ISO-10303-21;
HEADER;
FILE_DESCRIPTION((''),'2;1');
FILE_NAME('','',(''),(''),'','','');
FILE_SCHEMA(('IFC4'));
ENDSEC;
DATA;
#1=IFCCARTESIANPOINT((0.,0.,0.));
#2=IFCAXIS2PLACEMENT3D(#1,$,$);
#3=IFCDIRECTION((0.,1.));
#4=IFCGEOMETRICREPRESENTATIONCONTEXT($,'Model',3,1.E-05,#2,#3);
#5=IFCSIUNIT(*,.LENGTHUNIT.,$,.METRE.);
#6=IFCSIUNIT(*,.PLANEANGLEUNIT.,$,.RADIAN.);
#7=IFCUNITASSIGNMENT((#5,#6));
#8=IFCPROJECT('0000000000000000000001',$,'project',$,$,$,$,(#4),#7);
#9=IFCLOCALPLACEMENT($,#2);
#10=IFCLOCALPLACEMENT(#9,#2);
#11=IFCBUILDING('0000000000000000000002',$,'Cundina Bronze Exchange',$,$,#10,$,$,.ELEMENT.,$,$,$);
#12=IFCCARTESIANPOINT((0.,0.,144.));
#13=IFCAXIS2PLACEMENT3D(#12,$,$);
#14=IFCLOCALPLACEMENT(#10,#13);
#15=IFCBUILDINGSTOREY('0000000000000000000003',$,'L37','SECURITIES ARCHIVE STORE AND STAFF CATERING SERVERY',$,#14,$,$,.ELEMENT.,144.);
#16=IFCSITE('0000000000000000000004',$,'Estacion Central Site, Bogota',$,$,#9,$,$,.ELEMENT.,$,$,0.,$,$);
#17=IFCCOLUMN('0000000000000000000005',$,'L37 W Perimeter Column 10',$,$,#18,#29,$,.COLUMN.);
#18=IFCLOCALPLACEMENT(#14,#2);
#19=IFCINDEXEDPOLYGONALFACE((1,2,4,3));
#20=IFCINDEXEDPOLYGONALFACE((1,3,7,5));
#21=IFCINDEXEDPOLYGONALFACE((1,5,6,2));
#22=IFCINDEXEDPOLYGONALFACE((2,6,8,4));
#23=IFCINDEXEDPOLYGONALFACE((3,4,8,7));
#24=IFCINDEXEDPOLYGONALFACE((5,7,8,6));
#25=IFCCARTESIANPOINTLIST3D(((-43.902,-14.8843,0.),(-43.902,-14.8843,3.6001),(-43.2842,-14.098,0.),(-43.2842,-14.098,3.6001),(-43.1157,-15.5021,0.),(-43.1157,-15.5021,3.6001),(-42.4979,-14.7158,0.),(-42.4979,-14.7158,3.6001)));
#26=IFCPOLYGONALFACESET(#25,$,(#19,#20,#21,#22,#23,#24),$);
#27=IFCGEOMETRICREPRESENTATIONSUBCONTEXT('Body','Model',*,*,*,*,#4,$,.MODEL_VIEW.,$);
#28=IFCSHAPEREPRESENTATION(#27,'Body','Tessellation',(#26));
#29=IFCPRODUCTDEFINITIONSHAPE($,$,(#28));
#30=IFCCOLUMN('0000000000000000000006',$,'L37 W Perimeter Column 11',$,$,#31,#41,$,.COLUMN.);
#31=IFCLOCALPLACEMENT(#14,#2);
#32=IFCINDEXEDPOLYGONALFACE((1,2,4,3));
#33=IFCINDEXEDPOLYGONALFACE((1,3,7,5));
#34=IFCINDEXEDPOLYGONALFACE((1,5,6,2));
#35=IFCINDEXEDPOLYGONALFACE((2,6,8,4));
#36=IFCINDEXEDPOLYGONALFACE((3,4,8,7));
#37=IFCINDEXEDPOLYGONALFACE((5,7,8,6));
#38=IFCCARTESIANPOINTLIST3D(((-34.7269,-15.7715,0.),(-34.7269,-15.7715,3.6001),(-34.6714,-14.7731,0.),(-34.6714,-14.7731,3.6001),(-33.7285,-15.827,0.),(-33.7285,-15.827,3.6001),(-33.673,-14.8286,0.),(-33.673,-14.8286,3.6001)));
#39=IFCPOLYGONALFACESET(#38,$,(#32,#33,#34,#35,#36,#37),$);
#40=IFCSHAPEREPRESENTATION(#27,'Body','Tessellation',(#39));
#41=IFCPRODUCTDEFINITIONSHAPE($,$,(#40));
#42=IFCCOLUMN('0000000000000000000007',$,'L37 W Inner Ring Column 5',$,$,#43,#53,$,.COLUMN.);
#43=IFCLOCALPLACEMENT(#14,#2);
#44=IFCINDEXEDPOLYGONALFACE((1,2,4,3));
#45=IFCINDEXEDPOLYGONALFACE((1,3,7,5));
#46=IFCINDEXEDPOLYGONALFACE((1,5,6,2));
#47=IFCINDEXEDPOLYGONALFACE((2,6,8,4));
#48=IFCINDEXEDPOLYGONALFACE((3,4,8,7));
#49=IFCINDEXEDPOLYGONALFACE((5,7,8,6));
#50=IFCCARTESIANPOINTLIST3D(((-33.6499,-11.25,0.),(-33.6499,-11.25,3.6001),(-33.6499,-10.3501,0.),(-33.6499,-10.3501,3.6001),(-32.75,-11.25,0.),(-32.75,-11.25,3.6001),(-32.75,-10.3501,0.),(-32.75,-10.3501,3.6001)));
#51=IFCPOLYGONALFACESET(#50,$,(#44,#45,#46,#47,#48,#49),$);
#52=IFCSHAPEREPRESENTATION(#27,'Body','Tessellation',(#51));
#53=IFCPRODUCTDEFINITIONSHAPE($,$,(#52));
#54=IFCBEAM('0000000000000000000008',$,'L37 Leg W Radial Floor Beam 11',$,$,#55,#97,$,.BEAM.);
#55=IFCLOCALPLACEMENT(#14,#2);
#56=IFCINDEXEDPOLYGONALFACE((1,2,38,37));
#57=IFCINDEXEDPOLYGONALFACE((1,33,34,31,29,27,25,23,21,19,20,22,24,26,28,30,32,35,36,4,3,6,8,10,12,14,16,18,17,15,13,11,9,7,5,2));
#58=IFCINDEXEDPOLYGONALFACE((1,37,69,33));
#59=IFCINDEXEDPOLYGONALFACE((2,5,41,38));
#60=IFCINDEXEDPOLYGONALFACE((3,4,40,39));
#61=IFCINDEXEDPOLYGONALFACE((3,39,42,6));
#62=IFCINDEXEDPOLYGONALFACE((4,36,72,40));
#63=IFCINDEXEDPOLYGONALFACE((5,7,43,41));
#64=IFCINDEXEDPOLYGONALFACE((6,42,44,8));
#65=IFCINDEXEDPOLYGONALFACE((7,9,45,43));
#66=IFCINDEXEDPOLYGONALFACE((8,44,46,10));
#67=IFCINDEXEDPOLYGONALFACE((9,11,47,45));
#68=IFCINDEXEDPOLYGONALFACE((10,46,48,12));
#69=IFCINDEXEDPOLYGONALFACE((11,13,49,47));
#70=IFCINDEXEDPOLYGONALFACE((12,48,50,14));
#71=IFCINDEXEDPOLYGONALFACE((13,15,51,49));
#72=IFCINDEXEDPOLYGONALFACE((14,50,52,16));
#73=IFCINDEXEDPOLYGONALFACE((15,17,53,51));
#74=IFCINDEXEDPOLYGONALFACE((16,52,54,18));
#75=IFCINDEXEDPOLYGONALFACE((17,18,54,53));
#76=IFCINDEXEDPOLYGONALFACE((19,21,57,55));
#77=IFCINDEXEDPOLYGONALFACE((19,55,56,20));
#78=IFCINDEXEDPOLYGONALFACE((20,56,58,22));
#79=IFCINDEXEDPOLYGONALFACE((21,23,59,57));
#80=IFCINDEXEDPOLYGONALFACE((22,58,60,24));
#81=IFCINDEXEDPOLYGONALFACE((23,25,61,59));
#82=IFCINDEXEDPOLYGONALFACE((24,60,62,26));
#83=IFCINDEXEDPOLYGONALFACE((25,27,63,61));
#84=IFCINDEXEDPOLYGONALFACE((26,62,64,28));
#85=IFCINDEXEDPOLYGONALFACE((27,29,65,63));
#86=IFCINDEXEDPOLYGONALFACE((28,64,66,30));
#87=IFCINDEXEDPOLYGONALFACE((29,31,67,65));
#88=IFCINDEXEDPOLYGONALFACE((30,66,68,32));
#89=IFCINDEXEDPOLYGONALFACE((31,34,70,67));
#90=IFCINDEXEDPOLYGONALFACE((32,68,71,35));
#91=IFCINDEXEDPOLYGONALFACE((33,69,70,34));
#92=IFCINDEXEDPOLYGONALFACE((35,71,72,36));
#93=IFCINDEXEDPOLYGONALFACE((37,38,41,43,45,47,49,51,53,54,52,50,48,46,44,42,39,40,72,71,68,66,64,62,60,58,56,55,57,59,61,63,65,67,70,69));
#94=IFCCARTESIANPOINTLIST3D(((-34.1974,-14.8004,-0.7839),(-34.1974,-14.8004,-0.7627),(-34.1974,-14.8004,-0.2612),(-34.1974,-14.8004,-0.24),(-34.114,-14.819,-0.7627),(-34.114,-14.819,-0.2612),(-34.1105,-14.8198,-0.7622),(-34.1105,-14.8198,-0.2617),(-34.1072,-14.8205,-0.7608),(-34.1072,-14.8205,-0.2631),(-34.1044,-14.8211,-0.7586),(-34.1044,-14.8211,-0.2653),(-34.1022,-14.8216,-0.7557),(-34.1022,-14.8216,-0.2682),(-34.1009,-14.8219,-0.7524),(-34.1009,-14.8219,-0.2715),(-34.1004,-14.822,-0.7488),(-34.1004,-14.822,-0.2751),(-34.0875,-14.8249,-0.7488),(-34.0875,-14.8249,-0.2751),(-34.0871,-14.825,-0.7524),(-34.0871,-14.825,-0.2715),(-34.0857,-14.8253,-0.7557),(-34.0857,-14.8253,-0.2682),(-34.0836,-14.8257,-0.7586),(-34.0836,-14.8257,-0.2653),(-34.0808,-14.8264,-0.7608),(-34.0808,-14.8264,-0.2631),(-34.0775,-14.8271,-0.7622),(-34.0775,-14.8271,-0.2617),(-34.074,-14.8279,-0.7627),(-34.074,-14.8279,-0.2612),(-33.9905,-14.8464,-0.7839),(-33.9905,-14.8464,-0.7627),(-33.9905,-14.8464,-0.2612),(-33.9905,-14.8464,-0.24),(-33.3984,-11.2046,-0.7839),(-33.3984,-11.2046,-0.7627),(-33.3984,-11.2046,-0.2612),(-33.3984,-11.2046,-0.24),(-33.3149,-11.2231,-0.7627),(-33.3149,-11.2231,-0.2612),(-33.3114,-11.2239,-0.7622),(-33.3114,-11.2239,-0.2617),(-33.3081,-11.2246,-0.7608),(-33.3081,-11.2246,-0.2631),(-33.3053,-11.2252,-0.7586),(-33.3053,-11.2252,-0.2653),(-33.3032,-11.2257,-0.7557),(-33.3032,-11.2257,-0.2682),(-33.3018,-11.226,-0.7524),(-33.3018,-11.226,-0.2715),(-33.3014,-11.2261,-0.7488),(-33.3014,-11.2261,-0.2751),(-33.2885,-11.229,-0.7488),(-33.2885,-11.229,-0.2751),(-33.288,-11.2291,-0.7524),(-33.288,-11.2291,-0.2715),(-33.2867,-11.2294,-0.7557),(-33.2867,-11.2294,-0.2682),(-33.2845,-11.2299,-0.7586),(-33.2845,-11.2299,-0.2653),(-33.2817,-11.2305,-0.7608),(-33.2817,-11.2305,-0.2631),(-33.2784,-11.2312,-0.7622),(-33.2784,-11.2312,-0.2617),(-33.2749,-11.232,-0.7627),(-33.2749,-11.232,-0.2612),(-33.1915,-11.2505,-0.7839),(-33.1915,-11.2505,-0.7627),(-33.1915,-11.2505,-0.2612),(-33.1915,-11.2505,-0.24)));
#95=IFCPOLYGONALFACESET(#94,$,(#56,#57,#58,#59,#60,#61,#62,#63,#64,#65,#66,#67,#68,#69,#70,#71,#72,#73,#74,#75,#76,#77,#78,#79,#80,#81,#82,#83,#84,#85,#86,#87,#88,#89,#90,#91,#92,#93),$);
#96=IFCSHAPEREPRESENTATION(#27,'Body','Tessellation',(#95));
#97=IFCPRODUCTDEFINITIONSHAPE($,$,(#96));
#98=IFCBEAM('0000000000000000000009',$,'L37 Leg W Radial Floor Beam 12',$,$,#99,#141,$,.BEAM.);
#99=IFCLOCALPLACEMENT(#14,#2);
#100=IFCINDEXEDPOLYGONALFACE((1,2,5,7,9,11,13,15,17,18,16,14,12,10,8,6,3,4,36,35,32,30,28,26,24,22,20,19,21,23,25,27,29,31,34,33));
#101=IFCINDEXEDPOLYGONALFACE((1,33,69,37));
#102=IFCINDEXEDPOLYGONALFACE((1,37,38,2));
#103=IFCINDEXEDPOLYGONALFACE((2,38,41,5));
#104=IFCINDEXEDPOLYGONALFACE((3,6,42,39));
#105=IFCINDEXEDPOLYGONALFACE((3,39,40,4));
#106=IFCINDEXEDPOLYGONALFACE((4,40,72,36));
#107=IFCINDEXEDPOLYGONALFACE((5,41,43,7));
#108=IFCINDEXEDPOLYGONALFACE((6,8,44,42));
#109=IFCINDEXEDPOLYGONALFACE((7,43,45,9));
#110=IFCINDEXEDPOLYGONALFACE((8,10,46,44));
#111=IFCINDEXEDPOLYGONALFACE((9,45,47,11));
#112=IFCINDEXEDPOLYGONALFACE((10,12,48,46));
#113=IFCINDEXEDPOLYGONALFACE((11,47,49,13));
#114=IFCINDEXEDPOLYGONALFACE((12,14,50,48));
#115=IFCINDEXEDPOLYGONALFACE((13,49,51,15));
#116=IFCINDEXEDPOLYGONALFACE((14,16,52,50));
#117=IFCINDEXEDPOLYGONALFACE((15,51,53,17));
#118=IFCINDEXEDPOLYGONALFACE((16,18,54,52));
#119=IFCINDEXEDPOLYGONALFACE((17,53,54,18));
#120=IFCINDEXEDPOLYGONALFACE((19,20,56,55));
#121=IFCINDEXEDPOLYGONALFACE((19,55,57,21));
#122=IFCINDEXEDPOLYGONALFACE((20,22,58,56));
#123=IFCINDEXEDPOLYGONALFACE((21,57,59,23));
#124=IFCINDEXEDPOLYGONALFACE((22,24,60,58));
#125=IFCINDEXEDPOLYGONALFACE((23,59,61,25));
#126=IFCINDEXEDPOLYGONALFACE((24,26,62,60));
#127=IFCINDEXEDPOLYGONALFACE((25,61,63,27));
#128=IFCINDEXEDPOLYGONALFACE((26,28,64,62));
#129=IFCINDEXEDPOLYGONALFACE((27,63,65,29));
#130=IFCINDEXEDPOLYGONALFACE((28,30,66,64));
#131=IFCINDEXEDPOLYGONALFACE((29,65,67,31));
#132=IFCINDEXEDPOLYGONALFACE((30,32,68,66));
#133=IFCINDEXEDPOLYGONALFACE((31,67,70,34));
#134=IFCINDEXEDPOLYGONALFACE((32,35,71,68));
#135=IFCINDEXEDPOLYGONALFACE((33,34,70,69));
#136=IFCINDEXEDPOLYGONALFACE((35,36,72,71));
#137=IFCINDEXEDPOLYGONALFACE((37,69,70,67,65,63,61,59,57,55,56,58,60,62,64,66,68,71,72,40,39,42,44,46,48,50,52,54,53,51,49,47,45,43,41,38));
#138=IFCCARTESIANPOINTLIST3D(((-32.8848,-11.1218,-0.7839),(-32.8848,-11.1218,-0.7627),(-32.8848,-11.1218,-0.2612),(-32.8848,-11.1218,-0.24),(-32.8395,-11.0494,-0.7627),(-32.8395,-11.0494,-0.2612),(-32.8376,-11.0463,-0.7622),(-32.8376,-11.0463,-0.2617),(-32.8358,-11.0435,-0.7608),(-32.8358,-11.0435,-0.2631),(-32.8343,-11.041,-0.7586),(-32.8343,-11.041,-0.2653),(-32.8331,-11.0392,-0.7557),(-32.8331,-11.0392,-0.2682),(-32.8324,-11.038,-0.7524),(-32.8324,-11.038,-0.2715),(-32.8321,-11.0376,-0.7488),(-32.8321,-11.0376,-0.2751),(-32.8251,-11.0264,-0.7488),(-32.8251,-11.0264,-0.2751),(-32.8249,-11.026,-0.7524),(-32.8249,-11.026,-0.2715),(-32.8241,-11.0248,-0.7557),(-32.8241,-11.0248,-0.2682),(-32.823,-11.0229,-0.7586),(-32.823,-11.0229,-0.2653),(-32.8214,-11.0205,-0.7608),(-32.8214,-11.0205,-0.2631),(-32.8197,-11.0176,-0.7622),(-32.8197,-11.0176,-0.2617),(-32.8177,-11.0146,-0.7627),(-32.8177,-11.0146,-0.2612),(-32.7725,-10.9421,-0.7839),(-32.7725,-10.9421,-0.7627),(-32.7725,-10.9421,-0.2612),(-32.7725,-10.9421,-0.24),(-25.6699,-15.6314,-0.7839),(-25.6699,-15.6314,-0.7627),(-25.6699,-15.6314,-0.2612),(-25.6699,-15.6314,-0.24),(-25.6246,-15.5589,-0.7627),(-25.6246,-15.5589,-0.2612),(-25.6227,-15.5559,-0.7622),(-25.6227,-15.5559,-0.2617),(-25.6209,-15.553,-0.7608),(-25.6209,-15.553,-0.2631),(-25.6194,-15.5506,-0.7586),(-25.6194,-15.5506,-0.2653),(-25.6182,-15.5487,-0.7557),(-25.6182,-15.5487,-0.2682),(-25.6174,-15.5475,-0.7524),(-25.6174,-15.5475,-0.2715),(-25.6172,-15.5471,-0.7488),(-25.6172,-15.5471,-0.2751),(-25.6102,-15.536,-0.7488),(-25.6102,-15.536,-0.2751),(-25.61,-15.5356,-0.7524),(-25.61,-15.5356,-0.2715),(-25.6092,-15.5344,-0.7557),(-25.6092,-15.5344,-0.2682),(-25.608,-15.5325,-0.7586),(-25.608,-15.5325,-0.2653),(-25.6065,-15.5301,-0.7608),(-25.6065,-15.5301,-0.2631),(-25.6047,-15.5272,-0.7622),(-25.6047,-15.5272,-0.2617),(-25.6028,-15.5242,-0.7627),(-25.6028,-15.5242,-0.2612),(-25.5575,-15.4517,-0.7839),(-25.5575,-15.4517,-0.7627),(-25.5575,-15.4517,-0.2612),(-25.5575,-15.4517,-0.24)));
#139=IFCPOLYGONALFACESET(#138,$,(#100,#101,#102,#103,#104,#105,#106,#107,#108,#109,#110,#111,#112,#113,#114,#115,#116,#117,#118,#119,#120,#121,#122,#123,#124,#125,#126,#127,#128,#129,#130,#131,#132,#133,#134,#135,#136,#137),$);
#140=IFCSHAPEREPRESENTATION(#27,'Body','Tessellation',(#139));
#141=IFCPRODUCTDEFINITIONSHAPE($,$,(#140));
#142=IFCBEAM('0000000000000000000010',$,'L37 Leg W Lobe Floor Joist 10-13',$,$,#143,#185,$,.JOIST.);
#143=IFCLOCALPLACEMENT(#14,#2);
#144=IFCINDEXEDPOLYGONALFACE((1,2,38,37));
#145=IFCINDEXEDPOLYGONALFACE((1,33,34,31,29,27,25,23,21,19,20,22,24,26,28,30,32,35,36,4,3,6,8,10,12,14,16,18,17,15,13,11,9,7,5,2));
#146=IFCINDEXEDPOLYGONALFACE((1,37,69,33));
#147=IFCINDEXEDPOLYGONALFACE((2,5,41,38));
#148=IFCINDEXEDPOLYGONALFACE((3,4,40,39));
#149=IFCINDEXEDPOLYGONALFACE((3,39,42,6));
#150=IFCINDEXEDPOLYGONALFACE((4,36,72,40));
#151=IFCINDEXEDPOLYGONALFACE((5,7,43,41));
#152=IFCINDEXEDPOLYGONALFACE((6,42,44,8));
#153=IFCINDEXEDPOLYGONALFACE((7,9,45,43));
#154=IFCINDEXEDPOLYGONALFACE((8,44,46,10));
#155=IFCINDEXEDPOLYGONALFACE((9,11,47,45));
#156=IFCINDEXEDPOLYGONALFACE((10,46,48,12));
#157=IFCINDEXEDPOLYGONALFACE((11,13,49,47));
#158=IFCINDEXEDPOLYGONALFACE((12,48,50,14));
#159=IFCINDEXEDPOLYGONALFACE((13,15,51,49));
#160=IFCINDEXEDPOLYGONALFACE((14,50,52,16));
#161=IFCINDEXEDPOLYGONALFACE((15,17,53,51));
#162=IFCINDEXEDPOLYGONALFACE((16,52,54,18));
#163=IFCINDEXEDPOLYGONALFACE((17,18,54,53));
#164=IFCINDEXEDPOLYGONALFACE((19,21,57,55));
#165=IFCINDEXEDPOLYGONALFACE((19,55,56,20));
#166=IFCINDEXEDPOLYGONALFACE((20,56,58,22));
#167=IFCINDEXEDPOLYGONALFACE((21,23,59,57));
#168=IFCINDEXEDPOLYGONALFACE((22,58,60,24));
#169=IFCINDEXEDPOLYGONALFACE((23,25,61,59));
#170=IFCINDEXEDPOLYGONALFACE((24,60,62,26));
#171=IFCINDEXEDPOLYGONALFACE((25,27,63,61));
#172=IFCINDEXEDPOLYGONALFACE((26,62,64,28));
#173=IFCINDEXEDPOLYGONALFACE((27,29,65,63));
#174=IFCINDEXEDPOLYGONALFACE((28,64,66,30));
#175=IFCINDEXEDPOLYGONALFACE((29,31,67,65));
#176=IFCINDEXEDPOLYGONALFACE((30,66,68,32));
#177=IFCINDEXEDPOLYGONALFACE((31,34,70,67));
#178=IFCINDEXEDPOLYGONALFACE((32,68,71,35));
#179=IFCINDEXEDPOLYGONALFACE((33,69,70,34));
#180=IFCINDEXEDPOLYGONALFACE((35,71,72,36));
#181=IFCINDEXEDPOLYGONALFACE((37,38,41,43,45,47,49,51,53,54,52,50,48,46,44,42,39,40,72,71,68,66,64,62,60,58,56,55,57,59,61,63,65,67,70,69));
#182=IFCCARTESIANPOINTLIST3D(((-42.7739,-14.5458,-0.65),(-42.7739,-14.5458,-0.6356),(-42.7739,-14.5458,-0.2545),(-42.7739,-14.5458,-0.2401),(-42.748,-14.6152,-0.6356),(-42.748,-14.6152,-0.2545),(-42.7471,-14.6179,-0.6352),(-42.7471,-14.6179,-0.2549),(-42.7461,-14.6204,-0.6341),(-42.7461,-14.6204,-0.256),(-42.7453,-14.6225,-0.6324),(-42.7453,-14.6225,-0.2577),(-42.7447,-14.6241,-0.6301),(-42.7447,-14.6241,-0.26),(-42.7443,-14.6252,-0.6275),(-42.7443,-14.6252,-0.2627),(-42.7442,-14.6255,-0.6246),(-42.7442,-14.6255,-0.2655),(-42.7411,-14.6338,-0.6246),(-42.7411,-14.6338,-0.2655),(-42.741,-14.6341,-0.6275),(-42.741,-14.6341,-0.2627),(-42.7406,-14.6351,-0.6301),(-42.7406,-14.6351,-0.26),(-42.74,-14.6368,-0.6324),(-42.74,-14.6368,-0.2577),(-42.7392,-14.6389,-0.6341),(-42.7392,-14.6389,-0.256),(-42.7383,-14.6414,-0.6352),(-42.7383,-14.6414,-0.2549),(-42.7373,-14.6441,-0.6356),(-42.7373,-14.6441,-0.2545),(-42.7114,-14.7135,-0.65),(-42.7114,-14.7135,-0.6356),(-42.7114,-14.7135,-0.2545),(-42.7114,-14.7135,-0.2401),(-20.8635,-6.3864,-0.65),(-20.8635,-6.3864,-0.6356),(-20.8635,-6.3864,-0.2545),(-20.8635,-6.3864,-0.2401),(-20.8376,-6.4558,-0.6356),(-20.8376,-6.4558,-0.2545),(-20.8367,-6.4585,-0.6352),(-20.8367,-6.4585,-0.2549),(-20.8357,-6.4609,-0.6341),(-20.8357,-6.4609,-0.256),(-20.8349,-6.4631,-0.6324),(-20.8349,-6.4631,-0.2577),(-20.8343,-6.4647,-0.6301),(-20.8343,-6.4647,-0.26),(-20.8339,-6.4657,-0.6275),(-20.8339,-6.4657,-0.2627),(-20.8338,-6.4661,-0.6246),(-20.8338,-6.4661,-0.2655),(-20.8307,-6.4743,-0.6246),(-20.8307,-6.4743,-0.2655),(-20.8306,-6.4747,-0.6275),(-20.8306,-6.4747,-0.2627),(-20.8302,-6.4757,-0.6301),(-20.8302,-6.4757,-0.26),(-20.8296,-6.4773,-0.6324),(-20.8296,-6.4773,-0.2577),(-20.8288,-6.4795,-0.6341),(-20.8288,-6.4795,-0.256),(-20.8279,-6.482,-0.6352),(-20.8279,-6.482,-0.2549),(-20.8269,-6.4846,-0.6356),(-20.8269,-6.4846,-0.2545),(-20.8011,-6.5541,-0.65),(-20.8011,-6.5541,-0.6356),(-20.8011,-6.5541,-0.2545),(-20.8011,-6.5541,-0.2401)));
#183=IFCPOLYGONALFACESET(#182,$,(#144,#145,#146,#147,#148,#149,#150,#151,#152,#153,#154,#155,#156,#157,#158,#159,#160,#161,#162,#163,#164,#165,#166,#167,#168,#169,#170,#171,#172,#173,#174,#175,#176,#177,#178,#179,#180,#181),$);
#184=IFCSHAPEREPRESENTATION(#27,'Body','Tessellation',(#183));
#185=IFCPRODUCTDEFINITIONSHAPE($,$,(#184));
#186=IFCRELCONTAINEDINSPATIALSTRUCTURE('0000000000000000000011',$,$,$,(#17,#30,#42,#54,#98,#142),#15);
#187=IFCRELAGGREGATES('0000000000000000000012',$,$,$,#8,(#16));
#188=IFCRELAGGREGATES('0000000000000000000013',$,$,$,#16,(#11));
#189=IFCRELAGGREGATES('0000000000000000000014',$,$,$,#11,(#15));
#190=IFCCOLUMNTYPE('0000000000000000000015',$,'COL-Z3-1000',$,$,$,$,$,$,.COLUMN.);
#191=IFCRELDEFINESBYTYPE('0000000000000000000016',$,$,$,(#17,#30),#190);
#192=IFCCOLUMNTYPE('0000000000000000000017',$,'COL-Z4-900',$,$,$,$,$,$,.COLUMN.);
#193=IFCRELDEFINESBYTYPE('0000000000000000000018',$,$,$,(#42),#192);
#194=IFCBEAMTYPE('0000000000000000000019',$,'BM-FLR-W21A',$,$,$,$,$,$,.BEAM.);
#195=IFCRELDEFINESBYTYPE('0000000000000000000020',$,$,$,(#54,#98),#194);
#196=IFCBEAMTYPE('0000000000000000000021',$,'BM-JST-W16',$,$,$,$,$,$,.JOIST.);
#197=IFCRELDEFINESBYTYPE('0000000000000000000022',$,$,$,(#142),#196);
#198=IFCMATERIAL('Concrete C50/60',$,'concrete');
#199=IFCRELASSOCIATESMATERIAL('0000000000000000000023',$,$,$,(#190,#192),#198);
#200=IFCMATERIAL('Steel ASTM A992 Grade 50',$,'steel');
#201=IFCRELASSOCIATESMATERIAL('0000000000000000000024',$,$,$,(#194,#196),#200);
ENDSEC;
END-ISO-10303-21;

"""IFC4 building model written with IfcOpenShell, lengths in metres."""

from ifc_helpers import new_model, si_unit, direction, frame, origin, origin_2d, place, context, subcontext, project, spatial, rectangle, i_section, extrude, material, material_profile, profile_set, type_object, element, save


model = new_model("IFC4")

# Units and contexts
model_context = context("Model", 3, precision=1e-05, world=origin(), true_north=direction((0.0, 1.0)))
body_context = subcontext(model_context, "Body", "Model", "MODEL_VIEW")
ifc_project = project(units=[si_unit("LENGTHUNIT", "METRE"), si_unit("PLANEANGLEUNIT", "RADIAN")], contexts=[model_context])

# Site, building, storey
site_placement = place(None, origin())
site = spatial("IfcSite", under=ifc_project, at=site_placement, Name="Estacion Central Site, Bogota", CompositionType="ELEMENT", RefElevation=0.0)
building_placement = place(site_placement, origin())
building = spatial("IfcBuilding", under=site, at=building_placement, Name="Cundina Bronze Exchange", CompositionType="ELEMENT")
storey_placement = place(building_placement, frame((0.0, 0.0, 144.0)))
storey = spatial("IfcBuildingStorey", under=building, at=storey_placement, Name="L37", Description="SECURITIES ARCHIVE STORE AND STAFF CATERING SERVERY", CompositionType="ELEMENT", Elevation=144.0)

# Columns
ifc_material_1 = material(Name="Concrete C50/60", Category="concrete")
ifc_material_profile_1 = material_profile(ifc_material_1, rectangle(XDim=1.0, YDim=1.0, at=origin_2d()), Name="RC1000X1000", Category="concrete")
ifc_profile_set_1 = profile_set([ifc_material_profile_1], Name="Concrete C50/60")
column_type_1 = type_object("IfcColumnType", Name="COL-Z3-1000", PredefinedType="COLUMN", material=ifc_profile_set_1)
for number, where, z_axis, x_axis, name in (
    (1, (-43.2, -14.8, 0.0), (0.0, 0.0, 1.0), (0.786288, -0.61786, 0.0), "L37 W Perimeter Column 10"),
    (2, (-34.2, -15.3, 0.0), (0.0, 0.0, 1.0), (0.99846, -0.055473, 0.0), "L37 W Perimeter Column 11"),
):
    element("IfcColumn", number, at=place(storey_placement, frame(where, z_axis=z_axis, x_axis=x_axis)), inside=storey, type_object=column_type_1, Name=name, PredefinedType="COLUMN", context=body_context, shape_type="SweptSolid", body=[
        extrude(rectangle(XDim=1.0, YDim=1.0, at=origin_2d()), origin(), (0.0, 0.0, 1.0), 3.6001),
    ])
ifc_material_profile_2 = material_profile(ifc_material_1, rectangle(XDim=0.8999, YDim=0.8999, at=origin_2d()), Name="RC900X900", Category="concrete")
ifc_profile_set_2 = profile_set([ifc_material_profile_2], Name="Concrete C50/60")
column_type_2 = type_object("IfcColumnType", Name="COL-Z4-900", PredefinedType="COLUMN", material=ifc_profile_set_2)
column_placement = place(storey_placement, frame((-33.2, -10.8, 0.0), z_axis=(0.0, 0.0, 1.0), x_axis=(1.0, 0.0, 0.0)))
element("IfcColumn", 3, at=column_placement, inside=storey, type_object=column_type_2, Name="L37 W Inner Ring Column 5", PredefinedType="COLUMN", context=body_context, shape_type="SweptSolid", body=[
    extrude(rectangle(XDim=0.8999, YDim=0.8999, at=origin_2d()), origin(), (0.0, 0.0, 1.0), 3.6001),
])

# Beams
ifc_material_2 = material(Name="Steel ASTM A992 Grade 50", Category="steel")
ifc_material_profile_3 = material_profile(ifc_material_2, i_section(OverallWidth=0.2119, OverallDepth=0.5439, WebThickness=0.0132, FlangeThickness=0.0212, FilletRadius=0.0139, at=origin_2d()), Name="W21X83", Category="steel")
ifc_profile_set_3 = profile_set([ifc_material_profile_3], Name="Steel ASTM A992 Grade 50")
beam_type_1 = type_object("IfcBeamType", Name="BM-FLR-W21A", PredefinedType="BEAM", material=ifc_profile_set_3)
beam_1_placement = place(storey_placement, frame((-33.2949, -11.2275, -0.512), z_axis=(-0.216923, -0.976189, 0.0), x_axis=(0.976189, -0.216923, 0.0)))
element("IfcBeam", 4, at=beam_1_placement, inside=storey, type_object=beam_type_1, Name="L37 Leg W Radial Floor Beam 11", PredefinedType="BEAM", context=body_context, shape_type="SweptSolid", body=[
    extrude(i_section(OverallWidth=0.2119, OverallDepth=0.5439, WebThickness=0.0132, FlangeThickness=0.0212, FilletRadius=0.0139, at=origin_2d()), origin(), (0.0, 0.0, 1.0), 3.6836),
])
beam_2_placement = place(storey_placement, frame((-32.8286, -11.032, -0.512), z_axis=(0.847985, -0.53002, 0.0), x_axis=(0.53002, 0.847985, 0.0)))
element("IfcBeam", 5, at=beam_2_placement, inside=storey, type_object=beam_type_1, Name="L37 Leg W Radial Floor Beam 12", PredefinedType="BEAM", context=body_context, shape_type="SweptSolid", body=[
    extrude(i_section(OverallWidth=0.2119, OverallDepth=0.5439, WebThickness=0.0132, FlangeThickness=0.0212, FilletRadius=0.0139, at=origin_2d()), origin(), (0.0, 0.0, 1.0), 8.5083),
])
ifc_material_profile_4 = material_profile(ifc_material_2, i_section(OverallWidth=0.179, OverallDepth=0.4099, WebThickness=0.0088, FlangeThickness=0.0144, FilletRadius=0.011, at=origin_2d()), Name="W16X45", Category="steel")
ifc_profile_set_4 = profile_set([ifc_material_profile_4], Name="Steel ASTM A992 Grade 50")
beam_type_2 = type_object("IfcBeamType", Name="BM-JST-W16", PredefinedType="JOIST", material=ifc_profile_set_4)
beam_3_placement = place(storey_placement, frame((-42.7427, -14.6296, -0.4451), z_axis=(0.937128, 0.348986, 0.0), x_axis=(-0.348986, 0.937128, 0.0)))
element("IfcBeam", 6, at=beam_3_placement, inside=storey, type_object=beam_type_2, Name="L37 Leg W Lobe Floor Joist 10-13", PredefinedType="JOIST", context=body_context, shape_type="SweptSolid", body=[
    extrude(i_section(OverallWidth=0.179, OverallDepth=0.4099, WebThickness=0.0088, FlangeThickness=0.0144, FilletRadius=0.011, at=origin_2d()), origin(), (0.0, 0.0, 1.0), 23.3804),
])

save(model, "model.ifc")
